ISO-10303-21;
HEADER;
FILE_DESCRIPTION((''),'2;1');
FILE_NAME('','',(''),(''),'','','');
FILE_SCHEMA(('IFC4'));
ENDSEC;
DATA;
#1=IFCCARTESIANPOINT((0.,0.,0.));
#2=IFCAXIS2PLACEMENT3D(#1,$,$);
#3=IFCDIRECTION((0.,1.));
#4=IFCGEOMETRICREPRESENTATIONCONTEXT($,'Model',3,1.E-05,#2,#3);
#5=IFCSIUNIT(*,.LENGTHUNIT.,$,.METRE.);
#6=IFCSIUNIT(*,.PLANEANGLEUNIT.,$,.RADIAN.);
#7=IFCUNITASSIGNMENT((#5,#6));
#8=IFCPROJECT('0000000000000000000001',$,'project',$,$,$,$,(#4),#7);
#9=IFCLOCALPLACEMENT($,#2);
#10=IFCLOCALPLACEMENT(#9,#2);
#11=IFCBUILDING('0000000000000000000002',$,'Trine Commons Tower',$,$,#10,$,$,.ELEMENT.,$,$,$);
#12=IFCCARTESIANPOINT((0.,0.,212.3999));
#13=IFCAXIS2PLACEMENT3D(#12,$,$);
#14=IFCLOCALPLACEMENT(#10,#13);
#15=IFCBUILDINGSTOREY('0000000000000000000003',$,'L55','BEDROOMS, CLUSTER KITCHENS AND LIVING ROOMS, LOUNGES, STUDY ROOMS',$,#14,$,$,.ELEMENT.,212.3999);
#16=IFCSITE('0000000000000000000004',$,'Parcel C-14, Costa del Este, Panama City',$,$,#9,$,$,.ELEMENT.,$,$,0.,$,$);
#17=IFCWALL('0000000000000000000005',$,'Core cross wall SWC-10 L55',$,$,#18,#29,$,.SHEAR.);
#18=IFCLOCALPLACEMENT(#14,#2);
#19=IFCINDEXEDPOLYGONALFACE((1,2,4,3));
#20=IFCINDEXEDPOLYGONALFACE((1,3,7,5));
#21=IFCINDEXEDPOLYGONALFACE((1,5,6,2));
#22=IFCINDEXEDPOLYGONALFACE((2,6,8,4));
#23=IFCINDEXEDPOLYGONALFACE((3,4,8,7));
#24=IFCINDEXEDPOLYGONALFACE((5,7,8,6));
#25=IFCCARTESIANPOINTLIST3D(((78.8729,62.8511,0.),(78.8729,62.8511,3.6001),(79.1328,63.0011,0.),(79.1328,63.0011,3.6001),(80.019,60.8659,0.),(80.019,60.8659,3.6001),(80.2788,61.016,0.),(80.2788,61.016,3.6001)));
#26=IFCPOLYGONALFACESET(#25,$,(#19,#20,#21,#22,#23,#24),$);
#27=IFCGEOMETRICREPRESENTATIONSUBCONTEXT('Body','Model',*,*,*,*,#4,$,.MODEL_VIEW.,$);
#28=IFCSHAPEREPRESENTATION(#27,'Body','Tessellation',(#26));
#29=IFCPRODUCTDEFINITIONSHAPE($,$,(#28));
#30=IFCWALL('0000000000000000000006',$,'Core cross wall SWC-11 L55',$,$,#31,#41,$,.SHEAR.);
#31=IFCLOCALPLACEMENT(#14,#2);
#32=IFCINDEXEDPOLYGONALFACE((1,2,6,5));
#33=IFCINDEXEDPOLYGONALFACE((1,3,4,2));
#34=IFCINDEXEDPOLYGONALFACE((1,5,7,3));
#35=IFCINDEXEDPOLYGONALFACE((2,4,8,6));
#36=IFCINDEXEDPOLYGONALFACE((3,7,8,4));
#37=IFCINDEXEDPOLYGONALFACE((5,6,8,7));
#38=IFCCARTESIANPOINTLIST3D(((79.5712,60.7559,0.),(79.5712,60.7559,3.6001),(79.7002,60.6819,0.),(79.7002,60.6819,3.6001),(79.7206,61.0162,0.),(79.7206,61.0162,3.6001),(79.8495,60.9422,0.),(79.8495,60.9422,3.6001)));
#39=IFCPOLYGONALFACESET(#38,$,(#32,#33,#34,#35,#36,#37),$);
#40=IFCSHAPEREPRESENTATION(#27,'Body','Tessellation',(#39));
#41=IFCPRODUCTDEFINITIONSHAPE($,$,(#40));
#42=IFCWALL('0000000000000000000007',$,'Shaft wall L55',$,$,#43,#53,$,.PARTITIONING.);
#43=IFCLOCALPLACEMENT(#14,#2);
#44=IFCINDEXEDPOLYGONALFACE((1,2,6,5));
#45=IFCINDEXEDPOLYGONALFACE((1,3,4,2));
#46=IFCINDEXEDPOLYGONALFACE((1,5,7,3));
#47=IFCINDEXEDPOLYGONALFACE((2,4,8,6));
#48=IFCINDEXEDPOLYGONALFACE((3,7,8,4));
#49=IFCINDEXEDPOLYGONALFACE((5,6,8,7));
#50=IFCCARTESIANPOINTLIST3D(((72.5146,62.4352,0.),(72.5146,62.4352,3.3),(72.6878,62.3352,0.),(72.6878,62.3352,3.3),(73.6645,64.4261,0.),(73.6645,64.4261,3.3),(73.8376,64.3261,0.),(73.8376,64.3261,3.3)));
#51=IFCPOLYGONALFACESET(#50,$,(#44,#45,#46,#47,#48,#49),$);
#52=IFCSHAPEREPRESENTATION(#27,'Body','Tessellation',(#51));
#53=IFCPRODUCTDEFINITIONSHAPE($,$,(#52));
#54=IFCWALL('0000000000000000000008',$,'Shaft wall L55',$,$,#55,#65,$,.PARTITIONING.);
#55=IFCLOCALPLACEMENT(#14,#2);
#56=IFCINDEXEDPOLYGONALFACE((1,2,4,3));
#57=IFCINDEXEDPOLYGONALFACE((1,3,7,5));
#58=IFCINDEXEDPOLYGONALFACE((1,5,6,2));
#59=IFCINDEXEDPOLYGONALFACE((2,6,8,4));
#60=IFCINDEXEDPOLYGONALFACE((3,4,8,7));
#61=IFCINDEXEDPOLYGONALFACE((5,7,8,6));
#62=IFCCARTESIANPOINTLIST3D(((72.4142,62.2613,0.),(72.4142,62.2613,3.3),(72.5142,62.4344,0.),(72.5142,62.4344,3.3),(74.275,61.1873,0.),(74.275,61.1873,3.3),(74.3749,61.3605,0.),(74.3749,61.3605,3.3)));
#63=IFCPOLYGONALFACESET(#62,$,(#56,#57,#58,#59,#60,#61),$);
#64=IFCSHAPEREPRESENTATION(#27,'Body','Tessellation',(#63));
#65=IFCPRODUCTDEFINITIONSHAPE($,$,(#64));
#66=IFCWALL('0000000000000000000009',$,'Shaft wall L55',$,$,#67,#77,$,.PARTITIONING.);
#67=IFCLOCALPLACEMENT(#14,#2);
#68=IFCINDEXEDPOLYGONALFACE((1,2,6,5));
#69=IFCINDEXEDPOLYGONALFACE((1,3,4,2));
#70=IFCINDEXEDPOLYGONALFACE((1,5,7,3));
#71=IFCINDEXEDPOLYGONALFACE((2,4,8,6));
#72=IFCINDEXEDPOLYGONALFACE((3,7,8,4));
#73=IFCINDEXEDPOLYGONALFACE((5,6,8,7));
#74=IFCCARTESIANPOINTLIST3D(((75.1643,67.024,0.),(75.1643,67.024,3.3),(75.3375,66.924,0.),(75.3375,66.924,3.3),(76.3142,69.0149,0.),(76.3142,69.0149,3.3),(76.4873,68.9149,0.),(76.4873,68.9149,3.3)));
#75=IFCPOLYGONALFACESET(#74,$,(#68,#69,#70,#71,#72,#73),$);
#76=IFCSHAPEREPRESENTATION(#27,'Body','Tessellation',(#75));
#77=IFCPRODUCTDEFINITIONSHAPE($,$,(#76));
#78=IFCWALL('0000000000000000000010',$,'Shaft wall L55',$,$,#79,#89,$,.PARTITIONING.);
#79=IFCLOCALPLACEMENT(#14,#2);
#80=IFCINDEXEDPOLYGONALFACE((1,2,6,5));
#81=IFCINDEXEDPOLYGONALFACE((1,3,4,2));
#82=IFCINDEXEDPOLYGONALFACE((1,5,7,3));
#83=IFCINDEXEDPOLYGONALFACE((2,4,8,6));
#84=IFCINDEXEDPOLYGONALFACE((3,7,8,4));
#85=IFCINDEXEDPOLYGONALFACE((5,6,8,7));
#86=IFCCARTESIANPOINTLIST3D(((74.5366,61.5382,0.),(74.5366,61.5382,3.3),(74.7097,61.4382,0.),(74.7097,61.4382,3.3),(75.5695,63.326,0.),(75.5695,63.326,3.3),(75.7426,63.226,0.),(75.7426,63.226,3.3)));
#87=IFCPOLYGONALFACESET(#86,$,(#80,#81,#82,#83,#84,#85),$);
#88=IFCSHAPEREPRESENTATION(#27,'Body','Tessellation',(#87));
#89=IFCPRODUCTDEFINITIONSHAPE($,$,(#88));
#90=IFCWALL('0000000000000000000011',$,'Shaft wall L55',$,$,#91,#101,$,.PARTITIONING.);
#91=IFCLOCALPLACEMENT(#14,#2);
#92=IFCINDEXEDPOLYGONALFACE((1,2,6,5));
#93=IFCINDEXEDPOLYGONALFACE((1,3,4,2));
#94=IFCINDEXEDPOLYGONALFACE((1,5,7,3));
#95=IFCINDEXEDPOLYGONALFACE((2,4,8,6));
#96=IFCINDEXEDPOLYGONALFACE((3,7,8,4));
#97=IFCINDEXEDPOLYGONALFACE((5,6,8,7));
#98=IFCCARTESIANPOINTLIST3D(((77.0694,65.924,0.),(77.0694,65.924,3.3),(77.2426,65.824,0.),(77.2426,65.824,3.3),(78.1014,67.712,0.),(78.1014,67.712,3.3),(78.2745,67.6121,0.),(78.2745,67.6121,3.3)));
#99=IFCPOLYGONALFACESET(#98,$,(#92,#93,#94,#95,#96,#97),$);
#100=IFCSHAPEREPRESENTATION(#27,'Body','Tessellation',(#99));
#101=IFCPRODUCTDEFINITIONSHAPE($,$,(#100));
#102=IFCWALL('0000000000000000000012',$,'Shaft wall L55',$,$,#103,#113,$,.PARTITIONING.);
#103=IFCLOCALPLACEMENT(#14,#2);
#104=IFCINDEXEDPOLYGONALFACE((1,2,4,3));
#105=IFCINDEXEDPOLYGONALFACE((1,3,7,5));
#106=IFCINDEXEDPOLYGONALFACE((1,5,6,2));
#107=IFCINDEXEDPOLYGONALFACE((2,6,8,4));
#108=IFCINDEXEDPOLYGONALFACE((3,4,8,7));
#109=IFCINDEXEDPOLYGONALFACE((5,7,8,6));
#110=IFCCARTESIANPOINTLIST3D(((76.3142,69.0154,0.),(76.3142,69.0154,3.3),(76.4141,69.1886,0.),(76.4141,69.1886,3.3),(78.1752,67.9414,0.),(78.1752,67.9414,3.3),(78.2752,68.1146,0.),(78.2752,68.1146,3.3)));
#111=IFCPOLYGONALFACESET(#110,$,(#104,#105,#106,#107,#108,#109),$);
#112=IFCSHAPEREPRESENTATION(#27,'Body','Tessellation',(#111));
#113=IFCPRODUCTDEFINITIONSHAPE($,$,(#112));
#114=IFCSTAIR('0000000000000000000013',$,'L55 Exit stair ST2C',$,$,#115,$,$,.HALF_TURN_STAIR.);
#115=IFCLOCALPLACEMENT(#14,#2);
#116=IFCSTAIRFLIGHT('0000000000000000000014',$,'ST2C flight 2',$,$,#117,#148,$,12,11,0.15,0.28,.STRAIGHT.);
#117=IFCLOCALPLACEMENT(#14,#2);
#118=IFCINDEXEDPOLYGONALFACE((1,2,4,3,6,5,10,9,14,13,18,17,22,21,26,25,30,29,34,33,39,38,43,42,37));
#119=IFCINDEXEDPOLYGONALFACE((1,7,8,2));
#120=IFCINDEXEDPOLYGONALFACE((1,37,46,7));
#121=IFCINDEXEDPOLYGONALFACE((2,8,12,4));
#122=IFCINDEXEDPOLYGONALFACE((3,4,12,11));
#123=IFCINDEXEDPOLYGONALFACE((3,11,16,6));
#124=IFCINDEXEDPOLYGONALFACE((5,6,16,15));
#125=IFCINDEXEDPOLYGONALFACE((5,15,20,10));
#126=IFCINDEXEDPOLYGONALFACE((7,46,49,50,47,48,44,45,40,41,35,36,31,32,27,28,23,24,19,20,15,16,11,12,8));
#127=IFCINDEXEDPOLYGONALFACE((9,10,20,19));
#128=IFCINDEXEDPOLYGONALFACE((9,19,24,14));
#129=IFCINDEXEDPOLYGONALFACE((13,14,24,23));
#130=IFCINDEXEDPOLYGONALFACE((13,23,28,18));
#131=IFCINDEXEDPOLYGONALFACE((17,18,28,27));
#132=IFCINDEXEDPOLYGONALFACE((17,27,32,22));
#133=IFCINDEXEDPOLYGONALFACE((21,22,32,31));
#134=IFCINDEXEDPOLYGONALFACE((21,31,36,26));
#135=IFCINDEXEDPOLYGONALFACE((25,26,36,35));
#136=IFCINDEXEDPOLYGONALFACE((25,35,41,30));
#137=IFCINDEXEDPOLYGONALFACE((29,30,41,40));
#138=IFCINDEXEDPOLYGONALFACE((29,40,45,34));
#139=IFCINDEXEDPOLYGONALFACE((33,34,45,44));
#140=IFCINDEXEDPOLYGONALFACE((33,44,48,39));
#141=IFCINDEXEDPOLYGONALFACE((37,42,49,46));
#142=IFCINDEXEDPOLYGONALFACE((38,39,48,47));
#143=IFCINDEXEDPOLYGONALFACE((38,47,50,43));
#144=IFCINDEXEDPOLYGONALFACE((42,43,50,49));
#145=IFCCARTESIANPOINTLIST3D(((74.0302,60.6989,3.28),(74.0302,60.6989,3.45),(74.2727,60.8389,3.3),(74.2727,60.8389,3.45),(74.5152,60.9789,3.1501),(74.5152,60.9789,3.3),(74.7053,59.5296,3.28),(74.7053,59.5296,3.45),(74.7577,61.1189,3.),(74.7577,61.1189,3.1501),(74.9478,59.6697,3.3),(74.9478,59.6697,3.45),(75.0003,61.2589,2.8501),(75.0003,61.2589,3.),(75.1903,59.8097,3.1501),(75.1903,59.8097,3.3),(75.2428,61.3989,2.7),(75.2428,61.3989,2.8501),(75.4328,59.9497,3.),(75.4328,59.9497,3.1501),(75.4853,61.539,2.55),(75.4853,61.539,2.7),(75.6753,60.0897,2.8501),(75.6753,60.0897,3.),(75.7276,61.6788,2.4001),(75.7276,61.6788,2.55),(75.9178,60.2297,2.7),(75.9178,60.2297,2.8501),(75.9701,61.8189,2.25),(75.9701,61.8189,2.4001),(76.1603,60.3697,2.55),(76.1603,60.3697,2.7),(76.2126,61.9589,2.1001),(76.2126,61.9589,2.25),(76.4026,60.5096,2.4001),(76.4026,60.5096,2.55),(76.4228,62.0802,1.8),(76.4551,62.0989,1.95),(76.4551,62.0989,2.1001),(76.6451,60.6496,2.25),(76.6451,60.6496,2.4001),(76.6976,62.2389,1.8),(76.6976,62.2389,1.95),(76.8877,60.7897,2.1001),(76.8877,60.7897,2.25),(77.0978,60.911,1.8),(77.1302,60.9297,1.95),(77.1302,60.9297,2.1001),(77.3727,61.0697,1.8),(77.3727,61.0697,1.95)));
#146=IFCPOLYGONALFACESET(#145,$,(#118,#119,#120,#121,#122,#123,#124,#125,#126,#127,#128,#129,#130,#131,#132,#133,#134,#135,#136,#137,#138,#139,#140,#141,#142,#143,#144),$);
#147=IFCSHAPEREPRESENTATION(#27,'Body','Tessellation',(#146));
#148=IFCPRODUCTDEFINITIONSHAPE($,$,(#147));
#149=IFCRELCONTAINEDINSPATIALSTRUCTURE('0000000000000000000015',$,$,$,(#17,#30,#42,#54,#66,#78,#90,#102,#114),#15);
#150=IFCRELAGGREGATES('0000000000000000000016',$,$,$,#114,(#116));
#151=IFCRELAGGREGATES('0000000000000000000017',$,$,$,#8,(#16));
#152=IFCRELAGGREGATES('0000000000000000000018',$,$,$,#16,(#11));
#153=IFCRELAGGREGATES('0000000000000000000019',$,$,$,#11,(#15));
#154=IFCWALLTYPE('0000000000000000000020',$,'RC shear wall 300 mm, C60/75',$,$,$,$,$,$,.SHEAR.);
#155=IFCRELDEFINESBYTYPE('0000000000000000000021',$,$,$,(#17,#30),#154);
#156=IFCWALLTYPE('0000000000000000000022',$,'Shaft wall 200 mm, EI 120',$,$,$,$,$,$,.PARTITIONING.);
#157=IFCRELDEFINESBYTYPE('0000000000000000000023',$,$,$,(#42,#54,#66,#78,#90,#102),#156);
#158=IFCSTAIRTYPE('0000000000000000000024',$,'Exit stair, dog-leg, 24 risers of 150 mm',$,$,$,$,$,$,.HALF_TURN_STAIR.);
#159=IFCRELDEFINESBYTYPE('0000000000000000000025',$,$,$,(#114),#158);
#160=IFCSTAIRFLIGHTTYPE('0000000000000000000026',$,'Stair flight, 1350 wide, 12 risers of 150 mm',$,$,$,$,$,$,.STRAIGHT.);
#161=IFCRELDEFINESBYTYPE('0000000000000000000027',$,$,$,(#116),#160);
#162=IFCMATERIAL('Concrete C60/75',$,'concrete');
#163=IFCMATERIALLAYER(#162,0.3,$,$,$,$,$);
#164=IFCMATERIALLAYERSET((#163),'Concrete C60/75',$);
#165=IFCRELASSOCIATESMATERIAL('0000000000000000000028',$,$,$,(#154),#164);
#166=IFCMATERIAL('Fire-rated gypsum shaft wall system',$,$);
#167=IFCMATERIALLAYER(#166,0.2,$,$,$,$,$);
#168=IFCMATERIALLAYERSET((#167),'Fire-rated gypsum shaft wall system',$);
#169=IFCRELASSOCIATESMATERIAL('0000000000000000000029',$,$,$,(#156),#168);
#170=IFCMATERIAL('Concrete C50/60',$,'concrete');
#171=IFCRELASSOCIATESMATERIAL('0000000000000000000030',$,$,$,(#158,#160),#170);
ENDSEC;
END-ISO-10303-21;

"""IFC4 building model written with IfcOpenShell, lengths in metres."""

from ifc_helpers import new_model, si_unit, direction, frame, frame_2d, origin, place, context, subcontext, project, spatial, polyline, rectangle, outline, extrude, material, layer, layer_set, type_object, element, aggregate, save


model = new_model("IFC4")

# Units and contexts
model_context = context("Model", 3, precision=1e-05, world=origin(), true_north=direction((0.0, 1.0)))
body_context = subcontext(model_context, "Body", "Model", "MODEL_VIEW")
ifc_project = project(units=[si_unit("LENGTHUNIT", "METRE"), si_unit("PLANEANGLEUNIT", "RADIAN")], contexts=[model_context])

# Site, building, storey
site_placement = place(None, origin())
site = spatial("IfcSite", under=ifc_project, at=site_placement, Name="Parcel C-14, Costa del Este, Panama City", CompositionType="ELEMENT", RefElevation=0.0)
building_placement = place(site_placement, origin())
building = spatial("IfcBuilding", under=site, at=building_placement, Name="Trine Commons Tower", CompositionType="ELEMENT")
storey_placement = place(building_placement, frame((0.0, 0.0, 212.3999)))
storey = spatial("IfcBuildingStorey", under=building, at=storey_placement, Name="L55", Description="BEDROOMS, CLUSTER KITCHENS AND LIVING ROOMS, LOUNGES, STUDY ROOMS", CompositionType="ELEMENT", Elevation=212.3999)

# Shared definitions
ifc_material_1 = material(Name="Fire-rated gypsum shaft wall system")
ifc_material_2 = material(Name="Concrete C60/75", Category="concrete")
ifc_layer_1 = layer(ifc_material_2, 0.3)
ifc_layer_set_1 = layer_set([ifc_layer_1], Name="Concrete C60/75")
wall_type_1 = type_object("IfcWallType", Name="RC shear wall 300 mm, C60/75", PredefinedType="SHEAR", material=ifc_layer_set_1)

# Walls
wall_1_placement = place(storey_placement, frame((79.0029, 62.926, 0.0), z_axis=(0.0, 0.0, 1.0), x_axis=(0.499965, -0.866045, 0.0)))
element("IfcWall", 1, at=wall_1_placement, inside=storey, type_object=wall_type_1, Name="Core cross wall SWC-10 L55", PredefinedType="SHEAR", context=body_context, shape_type="SweptSolid", body=[
    extrude(rectangle(XDim=2.2922, YDim=0.3, at=frame_2d((1.146, 0.0))), origin(), (0.0, 0.0, 1.0), 3.6001),
])
wall_2_placement = place(storey_placement, frame((79.646, 60.886, 0.0), z_axis=(0.0, 0.0, 1.0), x_axis=(0.867332, -0.49773, 0.0)))
element("IfcWall", 2, at=wall_2_placement, inside=storey, type_object=wall_type_1, Name="Core cross wall SWC-11 L55", PredefinedType="SHEAR", context=body_context, shape_type="SweptSolid", body=[
    extrude(rectangle(XDim=0.1487, YDim=0.3, at=frame_2d((0.0742, 0.0))), origin(), (0.0, 0.0, 1.0), 3.6001),
])
ifc_layer_2 = layer(ifc_material_1, 0.2)
ifc_layer_set_2 = layer_set([ifc_layer_2], Name="Fire-rated gypsum shaft wall system")
wall_type_2 = type_object("IfcWallType", Name="Shaft wall 200 mm, EI 120", PredefinedType="PARTITIONING", material=ifc_layer_set_2)
wall_3_placement = place(storey_placement, frame((73.751, 64.376, 0.0), z_axis=(0.0, 0.0, 1.0), x_axis=(-0.500136, -0.865947, 0.0)))
element("IfcWall", 3, at=wall_3_placement, inside=storey, type_object=wall_type_2, Name="Shaft wall L55", PredefinedType="PARTITIONING", context=body_context, shape_type="SweptSolid", body=[
    extrude(rectangle(XDim=2.2991, YDim=0.2, at=frame_2d((1.1494, 0.0))), origin(), (0.0, 0.0, 1.0), 3.3),
])
wall_4_placement = place(storey_placement, frame((74.325, 61.2739, 0.0), z_axis=(0.0, 0.0, 1.0), x_axis=(-0.866102, 0.499867, 0.0)))
element("IfcWall", 4, at=wall_4_placement, inside=storey, type_object=wall_type_2, Name="Shaft wall L55", PredefinedType="PARTITIONING", context=body_context, shape_type="SweptSolid", body=[
    extrude(rectangle(XDim=2.1484, YDim=0.2, at=frame_2d((1.0742, 0.0))), origin(), (0.0, 0.0, 1.0), 3.3),
])
wall_5_placement = place(storey_placement, frame((75.251, 66.9741, 0.0), z_axis=(0.0, 0.0, 1.0), x_axis=(0.500136, 0.865947, 0.0)))
element("IfcWall", 5, at=wall_5_placement, inside=storey, type_object=wall_type_2, Name="Shaft wall L55", PredefinedType="PARTITIONING", context=body_context, shape_type="SweptSolid", body=[
    extrude(rectangle(XDim=2.2991, YDim=0.2, at=frame_2d((1.1494, 0.0))), origin(), (0.0, 0.0, 1.0), 3.3),
])
wall_6_placement = place(storey_placement, frame((75.656, 63.2759, 0.0), z_axis=(0.0, 0.0, 1.0), x_axis=(-0.500272, -0.865868, 0.0)))
element("IfcWall", 6, at=wall_6_placement, inside=storey, type_object=wall_type_2, Name="Shaft wall L55", PredefinedType="PARTITIONING", context=body_context, shape_type="SweptSolid", body=[
    extrude(rectangle(XDim=2.0647, YDim=0.2, at=frame_2d((1.0322, 0.0))), origin(), (0.0, 0.0, 1.0), 3.3),
])
wall_7_placement = place(storey_placement, frame((77.156, 65.874, 0.0), z_axis=(0.0, 0.0, 1.0), x_axis=(0.499866, 0.866103, 0.0)))
element("IfcWall", 7, at=wall_7_placement, inside=storey, type_object=wall_type_2, Name="Shaft wall L55", PredefinedType="PARTITIONING", context=body_context, shape_type="SweptSolid", body=[
    extrude(rectangle(XDim=2.0645, YDim=0.2, at=frame_2d((1.0322, 0.0))), origin(), (0.0, 0.0, 1.0), 3.3),
])
wall_8_placement = place(storey_placement, frame((78.2251, 68.0281, 0.0), z_axis=(0.0, 0.0, 1.0), x_axis=(-0.866131, 0.499818, 0.0)))
element("IfcWall", 8, at=wall_8_placement, inside=storey, type_object=wall_type_2, Name="Shaft wall L55", PredefinedType="PARTITIONING", context=body_context, shape_type="SweptSolid", body=[
    extrude(rectangle(XDim=2.1487, YDim=0.2, at=frame_2d((1.0742, 0.0))), origin(), (0.0, 0.0, 1.0), 3.3),
])

# Stair, stair flight
ifc_material_3 = material(Name="Concrete C50/60", Category="concrete")
stair_type = type_object("IfcStairType", Name="Exit stair, dog-leg, 24 risers of 150 mm", PredefinedType="HALF_TURN_STAIR", material=ifc_material_3)
stair_placement = place(storey_placement, origin())
stair = element("IfcStair", 9, at=stair_placement, inside=storey, type_object=stair_type, Name="L55 Exit stair ST2C", PredefinedType="HALF_TURN_STAIR")
stair_flight_type = type_object("IfcStairFlightType", Name="Stair flight, 1350 wide, 12 risers of 150 mm", PredefinedType="STRAIGHT", material=ifc_material_3)
stair_flight_placement = place(storey_placement, frame((77.0352, 61.6543, 1.8), z_axis=(0.0, 0.0, 1.0), x_axis=(-0.866025, -0.5, 0.0)))
stair_flight = element("IfcStairFlight", 10, at=stair_flight_placement, type_object=stair_flight_type, Name="ST2C flight 2", NumberOfRisers=12, NumberOfTreads=11, PredefinedType="STRAIGHT", RiserHeight=0.15, TreadLength=0.28, context=body_context, shape_type="SweptSolid", body=[
    extrude(outline(polyline([(0.0, 0.0), (0.0, 0.1499), (0.28, 0.1499), (0.28, 0.3), (0.5601, 0.3), (0.5601, 0.45), (0.8401, 0.45), (0.8401, 0.6001), (1.1201, 0.6001), (1.1201, 0.75), (1.3999, 0.75), (1.3999, 0.8999), (1.6799, 0.8999), (1.6799, 1.05), (1.96, 1.05), (1.96, 1.2), (2.24, 1.2), (2.24, 1.3501), (2.52, 1.3501), (2.52, 1.5), (2.8, 1.5), (2.8, 1.6499), (3.0801, 1.6499), (3.0801, 1.8), (3.0801, 1.48), (0.3174, 0.0), (0.0, 0.0)])), frame((0.0, 0.675, 0.0), z_axis=(0.0, -1.0, 0.0), x_axis=(1.0, 0.0, 0.0)), (0.0, 0.0, 1.0), 1.3501),
])
aggregate(stair, [stair_flight])

save(model, "model.ifc")
